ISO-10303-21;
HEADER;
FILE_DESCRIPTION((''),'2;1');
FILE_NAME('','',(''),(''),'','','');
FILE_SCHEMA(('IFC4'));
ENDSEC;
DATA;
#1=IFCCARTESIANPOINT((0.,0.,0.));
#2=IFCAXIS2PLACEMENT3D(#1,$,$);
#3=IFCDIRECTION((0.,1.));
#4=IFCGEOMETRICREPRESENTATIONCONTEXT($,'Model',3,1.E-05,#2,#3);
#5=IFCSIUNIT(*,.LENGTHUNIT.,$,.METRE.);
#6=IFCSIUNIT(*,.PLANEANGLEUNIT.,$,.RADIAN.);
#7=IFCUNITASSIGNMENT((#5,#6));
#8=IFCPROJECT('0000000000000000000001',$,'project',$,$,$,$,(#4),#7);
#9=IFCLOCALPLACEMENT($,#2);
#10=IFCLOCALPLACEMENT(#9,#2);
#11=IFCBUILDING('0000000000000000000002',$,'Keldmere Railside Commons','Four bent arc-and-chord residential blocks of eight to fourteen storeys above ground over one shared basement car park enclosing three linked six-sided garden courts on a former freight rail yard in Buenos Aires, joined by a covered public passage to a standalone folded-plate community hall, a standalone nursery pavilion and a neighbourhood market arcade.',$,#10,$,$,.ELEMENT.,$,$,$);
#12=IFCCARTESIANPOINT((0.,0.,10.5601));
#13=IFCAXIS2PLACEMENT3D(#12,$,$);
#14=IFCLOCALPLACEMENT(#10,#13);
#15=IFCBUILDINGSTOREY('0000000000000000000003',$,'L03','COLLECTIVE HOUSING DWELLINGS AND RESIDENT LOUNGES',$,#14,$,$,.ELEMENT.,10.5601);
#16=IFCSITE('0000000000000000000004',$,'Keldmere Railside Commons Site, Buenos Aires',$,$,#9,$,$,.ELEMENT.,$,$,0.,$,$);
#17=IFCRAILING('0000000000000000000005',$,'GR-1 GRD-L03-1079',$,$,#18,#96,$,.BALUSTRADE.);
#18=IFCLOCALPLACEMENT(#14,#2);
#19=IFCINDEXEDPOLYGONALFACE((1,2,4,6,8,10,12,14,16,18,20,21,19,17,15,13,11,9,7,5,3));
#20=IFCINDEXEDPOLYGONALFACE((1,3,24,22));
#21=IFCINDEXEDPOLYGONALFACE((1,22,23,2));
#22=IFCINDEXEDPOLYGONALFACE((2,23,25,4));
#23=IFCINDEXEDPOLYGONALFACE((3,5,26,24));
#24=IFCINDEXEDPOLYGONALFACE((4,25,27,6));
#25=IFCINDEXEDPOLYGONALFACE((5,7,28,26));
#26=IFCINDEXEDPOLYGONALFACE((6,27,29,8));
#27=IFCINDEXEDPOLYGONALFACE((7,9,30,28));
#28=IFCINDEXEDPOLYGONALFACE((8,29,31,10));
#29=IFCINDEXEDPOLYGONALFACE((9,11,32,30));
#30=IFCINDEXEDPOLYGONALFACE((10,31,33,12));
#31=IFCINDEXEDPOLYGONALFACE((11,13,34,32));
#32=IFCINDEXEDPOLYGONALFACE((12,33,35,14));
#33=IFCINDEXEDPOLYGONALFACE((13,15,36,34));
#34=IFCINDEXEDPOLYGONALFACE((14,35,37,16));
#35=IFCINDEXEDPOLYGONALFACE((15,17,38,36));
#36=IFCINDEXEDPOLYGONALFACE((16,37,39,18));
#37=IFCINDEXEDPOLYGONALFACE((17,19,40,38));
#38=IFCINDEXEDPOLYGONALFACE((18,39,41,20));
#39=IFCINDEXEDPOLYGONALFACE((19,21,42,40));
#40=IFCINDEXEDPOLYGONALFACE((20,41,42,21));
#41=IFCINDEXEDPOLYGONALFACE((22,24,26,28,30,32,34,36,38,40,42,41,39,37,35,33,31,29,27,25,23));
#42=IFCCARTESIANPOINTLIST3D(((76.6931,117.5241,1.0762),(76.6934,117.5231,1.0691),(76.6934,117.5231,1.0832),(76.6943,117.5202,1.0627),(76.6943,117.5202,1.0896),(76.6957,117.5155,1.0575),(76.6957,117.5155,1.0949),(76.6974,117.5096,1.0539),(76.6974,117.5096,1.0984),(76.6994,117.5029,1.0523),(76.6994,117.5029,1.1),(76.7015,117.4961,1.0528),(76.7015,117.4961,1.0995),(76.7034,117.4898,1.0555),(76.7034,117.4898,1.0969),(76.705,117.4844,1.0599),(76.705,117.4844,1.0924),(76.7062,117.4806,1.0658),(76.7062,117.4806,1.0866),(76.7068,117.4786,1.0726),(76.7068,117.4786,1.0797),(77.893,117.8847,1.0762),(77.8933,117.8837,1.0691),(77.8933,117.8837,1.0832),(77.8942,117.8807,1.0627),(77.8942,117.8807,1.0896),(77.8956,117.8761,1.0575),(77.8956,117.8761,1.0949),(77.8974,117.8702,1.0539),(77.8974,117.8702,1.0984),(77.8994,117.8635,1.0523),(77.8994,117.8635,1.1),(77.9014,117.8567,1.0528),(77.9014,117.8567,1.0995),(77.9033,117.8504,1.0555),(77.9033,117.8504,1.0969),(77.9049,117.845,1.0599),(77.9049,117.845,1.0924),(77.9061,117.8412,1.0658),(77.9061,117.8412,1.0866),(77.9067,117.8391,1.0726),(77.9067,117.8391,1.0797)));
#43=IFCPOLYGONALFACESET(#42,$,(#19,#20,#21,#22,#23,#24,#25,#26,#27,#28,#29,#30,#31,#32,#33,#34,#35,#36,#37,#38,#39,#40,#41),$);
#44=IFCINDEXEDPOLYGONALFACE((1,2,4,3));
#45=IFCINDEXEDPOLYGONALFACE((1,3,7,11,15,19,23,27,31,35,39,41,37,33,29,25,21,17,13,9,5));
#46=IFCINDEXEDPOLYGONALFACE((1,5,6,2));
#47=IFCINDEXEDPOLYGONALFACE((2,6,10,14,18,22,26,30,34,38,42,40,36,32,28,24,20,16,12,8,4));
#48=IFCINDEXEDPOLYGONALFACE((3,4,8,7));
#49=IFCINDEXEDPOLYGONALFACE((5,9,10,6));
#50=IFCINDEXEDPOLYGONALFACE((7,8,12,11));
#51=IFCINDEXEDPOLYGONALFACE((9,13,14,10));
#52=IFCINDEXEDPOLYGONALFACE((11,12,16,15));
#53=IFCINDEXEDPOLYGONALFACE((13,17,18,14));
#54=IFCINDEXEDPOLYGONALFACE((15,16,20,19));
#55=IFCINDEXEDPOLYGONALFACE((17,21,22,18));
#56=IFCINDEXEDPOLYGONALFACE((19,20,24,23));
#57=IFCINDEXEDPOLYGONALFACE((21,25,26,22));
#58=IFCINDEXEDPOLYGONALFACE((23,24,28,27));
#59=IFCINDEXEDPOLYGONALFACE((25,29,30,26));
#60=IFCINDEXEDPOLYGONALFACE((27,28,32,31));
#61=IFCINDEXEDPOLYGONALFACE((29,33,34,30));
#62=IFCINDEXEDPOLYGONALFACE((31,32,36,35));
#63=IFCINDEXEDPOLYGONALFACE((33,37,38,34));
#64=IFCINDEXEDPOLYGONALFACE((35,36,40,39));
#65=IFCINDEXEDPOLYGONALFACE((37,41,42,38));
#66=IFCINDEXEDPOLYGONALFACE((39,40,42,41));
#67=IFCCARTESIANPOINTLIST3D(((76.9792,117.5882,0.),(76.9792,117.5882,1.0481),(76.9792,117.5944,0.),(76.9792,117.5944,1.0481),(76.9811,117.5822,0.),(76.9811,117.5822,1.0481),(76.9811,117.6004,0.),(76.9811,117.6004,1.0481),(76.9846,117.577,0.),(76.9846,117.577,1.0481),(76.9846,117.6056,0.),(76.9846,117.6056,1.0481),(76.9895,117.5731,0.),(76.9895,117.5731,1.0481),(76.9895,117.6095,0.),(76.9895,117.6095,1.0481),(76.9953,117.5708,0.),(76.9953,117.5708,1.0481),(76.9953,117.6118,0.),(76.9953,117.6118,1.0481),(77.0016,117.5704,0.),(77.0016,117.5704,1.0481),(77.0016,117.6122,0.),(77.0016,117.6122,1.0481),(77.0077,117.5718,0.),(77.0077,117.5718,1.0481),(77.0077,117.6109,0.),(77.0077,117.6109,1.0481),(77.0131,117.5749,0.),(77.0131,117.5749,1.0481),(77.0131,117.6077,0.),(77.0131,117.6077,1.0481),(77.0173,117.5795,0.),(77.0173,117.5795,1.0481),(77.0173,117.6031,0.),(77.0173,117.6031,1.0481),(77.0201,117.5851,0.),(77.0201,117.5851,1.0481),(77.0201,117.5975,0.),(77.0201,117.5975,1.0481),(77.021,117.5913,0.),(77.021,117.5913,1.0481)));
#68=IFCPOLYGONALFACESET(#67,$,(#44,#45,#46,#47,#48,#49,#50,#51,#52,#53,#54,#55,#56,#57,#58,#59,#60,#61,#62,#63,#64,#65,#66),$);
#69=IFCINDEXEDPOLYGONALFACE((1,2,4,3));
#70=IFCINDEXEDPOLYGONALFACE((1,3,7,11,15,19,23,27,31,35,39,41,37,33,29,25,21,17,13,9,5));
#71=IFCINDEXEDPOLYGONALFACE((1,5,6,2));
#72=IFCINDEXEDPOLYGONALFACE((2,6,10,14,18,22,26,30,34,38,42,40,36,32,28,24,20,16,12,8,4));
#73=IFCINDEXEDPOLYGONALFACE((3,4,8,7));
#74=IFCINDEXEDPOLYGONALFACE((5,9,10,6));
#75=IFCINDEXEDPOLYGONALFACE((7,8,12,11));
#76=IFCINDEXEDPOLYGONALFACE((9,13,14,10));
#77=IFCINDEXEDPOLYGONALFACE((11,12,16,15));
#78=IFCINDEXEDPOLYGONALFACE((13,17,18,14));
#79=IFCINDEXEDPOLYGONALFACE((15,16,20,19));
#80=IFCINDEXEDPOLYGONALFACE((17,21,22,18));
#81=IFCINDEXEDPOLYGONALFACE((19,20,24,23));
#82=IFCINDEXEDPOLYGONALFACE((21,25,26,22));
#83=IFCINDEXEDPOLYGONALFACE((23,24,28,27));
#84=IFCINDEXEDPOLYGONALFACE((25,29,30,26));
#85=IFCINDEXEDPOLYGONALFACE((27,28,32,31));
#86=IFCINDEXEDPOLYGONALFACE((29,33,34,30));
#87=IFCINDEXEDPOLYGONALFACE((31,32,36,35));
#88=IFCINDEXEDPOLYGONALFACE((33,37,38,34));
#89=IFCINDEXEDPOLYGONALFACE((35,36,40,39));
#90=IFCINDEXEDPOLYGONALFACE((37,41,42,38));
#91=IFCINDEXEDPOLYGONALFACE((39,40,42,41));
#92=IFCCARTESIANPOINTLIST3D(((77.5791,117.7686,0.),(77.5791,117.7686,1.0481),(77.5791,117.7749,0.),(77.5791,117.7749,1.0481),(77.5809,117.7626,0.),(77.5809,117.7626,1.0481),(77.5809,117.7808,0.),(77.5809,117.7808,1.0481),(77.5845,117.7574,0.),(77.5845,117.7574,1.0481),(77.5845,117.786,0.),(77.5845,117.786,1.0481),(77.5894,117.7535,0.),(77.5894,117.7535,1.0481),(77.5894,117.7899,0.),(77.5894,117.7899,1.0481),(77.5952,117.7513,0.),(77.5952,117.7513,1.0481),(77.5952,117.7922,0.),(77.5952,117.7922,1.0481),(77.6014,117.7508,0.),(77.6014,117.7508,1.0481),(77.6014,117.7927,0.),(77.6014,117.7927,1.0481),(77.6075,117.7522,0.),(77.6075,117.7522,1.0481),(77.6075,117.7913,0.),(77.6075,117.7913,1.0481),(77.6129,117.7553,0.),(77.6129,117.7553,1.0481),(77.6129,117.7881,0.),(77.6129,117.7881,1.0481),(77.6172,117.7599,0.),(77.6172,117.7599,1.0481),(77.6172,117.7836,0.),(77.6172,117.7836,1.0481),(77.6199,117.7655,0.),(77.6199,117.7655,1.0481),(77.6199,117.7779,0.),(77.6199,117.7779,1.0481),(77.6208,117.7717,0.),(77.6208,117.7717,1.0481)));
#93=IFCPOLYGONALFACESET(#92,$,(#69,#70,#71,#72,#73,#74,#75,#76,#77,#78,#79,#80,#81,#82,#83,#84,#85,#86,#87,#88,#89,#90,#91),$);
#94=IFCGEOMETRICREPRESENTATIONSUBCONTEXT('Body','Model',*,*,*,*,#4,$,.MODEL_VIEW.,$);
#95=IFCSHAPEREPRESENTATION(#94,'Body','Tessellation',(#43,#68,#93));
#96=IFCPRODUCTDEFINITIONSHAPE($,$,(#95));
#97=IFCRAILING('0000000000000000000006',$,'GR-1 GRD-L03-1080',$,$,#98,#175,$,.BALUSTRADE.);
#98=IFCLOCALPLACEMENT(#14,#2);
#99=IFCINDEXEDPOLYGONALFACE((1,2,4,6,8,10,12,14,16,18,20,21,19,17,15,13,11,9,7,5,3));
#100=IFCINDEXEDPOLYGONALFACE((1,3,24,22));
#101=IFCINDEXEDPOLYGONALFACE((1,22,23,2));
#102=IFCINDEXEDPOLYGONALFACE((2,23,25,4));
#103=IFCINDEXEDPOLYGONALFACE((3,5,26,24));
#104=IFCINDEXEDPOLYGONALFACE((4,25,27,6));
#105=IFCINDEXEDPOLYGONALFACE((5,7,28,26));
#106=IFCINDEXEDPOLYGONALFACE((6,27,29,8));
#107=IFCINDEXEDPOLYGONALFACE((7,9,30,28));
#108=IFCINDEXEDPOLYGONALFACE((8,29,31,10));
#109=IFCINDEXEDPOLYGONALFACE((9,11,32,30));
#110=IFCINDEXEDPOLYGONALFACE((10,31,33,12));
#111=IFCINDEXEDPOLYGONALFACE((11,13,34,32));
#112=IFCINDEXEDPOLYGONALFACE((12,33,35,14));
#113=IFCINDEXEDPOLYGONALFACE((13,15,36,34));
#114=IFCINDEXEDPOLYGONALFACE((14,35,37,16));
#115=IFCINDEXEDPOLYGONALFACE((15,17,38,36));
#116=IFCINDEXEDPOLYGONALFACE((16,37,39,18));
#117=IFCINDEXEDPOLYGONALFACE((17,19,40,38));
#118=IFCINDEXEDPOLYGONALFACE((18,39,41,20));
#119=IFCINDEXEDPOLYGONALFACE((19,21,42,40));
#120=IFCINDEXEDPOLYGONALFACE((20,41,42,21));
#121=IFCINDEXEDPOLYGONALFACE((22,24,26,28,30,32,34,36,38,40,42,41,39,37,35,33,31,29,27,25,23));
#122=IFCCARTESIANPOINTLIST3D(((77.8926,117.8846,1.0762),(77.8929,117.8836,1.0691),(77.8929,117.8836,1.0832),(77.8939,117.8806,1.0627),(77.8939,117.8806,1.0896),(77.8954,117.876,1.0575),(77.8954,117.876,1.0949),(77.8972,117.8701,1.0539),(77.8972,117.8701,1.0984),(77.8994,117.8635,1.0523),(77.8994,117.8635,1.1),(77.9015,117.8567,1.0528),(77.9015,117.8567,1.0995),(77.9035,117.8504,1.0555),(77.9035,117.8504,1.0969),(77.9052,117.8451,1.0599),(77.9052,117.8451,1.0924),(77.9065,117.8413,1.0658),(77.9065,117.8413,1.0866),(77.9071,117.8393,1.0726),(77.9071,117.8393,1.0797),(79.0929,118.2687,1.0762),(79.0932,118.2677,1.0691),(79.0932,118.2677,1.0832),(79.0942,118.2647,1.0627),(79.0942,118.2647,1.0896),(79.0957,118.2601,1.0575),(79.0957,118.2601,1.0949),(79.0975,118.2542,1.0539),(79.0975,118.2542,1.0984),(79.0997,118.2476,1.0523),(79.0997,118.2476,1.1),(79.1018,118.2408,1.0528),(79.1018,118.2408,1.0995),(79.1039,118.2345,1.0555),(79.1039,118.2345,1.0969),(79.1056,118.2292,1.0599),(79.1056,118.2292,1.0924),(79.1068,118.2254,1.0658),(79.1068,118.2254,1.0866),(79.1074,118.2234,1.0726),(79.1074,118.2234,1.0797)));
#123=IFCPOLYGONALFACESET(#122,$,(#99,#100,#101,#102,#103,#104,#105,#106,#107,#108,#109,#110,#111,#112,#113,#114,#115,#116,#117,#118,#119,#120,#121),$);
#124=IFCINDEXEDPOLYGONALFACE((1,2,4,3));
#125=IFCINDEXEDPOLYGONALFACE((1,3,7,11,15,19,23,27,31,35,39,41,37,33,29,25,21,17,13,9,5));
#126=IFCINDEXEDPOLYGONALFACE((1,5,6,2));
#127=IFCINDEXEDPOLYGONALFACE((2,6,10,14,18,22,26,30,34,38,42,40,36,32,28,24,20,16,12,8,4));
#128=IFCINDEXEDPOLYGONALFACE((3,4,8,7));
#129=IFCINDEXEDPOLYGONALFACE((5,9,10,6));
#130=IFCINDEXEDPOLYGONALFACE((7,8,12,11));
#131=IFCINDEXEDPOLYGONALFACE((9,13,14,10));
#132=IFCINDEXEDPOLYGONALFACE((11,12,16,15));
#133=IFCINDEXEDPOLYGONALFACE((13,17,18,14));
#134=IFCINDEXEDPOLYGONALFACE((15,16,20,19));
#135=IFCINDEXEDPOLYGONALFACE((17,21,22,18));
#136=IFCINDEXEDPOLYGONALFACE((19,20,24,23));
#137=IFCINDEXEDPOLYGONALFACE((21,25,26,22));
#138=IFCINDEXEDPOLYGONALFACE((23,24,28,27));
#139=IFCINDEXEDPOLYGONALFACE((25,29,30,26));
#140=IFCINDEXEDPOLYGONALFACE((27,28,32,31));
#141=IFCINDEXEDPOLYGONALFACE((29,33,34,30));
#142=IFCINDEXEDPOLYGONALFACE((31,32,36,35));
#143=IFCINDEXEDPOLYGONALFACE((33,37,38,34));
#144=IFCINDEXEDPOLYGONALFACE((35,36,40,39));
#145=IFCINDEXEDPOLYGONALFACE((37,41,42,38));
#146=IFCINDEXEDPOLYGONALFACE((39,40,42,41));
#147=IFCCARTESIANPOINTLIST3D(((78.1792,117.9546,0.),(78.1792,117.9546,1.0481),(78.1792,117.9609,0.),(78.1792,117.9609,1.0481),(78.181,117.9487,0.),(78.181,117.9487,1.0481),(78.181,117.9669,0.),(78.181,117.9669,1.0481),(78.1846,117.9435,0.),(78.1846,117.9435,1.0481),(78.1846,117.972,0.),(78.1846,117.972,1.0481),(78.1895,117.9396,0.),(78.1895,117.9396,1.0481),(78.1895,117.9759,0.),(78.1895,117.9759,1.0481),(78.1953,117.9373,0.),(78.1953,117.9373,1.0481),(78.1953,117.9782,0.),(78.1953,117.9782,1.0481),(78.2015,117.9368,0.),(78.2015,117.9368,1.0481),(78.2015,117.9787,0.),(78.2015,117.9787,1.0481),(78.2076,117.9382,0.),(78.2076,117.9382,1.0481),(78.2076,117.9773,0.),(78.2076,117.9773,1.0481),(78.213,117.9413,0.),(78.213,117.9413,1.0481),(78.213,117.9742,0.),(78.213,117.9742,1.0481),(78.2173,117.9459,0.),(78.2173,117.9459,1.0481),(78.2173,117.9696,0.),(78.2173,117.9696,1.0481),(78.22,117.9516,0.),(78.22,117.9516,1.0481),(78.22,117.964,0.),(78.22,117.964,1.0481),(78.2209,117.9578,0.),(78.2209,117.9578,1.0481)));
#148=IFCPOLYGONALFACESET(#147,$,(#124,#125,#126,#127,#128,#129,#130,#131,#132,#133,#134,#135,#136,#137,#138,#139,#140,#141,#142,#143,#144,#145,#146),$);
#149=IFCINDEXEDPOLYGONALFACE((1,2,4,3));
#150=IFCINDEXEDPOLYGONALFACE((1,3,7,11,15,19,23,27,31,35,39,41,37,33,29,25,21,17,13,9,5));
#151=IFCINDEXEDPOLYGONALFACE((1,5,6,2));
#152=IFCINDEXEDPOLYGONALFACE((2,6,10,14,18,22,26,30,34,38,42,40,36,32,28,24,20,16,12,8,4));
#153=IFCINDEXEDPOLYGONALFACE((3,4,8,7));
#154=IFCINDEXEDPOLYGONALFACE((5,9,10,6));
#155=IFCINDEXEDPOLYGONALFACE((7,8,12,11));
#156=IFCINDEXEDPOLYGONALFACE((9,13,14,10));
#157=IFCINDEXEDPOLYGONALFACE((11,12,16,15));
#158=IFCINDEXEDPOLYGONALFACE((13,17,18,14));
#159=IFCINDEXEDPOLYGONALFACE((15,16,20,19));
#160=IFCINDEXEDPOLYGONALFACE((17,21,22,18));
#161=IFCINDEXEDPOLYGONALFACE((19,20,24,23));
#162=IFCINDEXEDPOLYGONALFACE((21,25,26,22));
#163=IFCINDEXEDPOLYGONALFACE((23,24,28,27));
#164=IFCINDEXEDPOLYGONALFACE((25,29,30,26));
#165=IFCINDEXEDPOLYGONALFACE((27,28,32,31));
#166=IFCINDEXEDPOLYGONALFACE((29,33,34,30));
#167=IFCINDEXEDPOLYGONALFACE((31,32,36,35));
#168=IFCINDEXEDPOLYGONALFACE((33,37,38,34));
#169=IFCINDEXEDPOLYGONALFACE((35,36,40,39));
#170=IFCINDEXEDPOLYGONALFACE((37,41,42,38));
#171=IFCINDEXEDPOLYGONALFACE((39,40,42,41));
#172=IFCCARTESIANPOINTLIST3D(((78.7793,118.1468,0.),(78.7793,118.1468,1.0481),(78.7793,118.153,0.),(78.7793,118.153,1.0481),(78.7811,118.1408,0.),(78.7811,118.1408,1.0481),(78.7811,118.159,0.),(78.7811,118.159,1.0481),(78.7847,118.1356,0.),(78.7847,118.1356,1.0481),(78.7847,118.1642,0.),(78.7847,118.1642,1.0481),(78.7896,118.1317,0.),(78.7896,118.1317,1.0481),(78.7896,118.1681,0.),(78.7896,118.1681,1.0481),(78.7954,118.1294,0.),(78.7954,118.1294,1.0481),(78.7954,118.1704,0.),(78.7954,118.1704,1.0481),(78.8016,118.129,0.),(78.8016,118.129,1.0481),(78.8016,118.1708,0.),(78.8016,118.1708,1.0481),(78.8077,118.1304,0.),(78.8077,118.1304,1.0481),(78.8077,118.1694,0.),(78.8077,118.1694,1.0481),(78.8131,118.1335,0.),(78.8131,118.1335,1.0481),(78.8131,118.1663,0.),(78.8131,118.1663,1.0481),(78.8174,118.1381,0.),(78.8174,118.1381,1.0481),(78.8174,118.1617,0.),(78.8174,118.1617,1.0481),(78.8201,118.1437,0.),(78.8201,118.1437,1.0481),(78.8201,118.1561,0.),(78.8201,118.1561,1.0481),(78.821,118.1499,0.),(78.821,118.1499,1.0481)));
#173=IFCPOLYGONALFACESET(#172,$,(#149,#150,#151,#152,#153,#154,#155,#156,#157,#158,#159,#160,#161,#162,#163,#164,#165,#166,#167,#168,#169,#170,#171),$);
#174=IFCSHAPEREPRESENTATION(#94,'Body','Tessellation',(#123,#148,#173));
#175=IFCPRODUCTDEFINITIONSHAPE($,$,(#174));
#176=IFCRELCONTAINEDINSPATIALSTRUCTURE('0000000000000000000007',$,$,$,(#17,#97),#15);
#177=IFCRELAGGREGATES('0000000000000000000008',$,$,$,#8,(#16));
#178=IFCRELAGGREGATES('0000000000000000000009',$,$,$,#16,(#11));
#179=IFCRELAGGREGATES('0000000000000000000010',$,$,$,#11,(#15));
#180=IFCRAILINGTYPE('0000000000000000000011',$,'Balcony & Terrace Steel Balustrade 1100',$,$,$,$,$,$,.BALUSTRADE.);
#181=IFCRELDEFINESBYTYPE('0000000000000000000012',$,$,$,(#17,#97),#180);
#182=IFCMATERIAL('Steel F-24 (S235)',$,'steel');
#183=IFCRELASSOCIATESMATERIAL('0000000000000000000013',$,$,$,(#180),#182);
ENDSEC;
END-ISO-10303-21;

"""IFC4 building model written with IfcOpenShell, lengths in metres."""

from ifc_helpers import new_model, si_unit, direction, frame, origin, origin_2d, place, context, subcontext, project, spatial, circle, extrude, material, type_object, element, save


model = new_model("IFC4")

# Units and contexts
model_context = context("Model", 3, precision=1e-05, world=origin(), true_north=direction((0.0, 1.0)))
body_context = subcontext(model_context, "Body", "Model", "MODEL_VIEW")
ifc_project = project(units=[si_unit("LENGTHUNIT", "METRE"), si_unit("PLANEANGLEUNIT", "RADIAN")], contexts=[model_context])

# Site, building, storey
site_placement = place(None, origin())
site = spatial("IfcSite", under=ifc_project, at=site_placement, Name="Keldmere Railside Commons Site, Buenos Aires", CompositionType="ELEMENT", RefElevation=0.0)
building_placement = place(site_placement, origin())
building = spatial("IfcBuilding", under=site, at=building_placement, Name="Keldmere Railside Commons", Description="Four bent arc-and-chord residential blocks of eight to fourteen storeys above ground over one shared basement car park enclosing three linked six-sided garden courts on a former freight rail yard in Buenos Aires, joined by a covered public passage to a standalone folded-plate community hall, a standalone nursery pavilion and a neighbourhood market arcade.", CompositionType="ELEMENT")
storey_placement = place(building_placement, frame((0.0, 0.0, 10.5601)))
storey = spatial("IfcBuildingStorey", under=building, at=storey_placement, Name="L03", Description="COLLECTIVE HOUSING DWELLINGS AND RESIDENT LOUNGES", CompositionType="ELEMENT", Elevation=10.5601)

# Shared definitions
ifc_material_1 = material(Name="Steel F-24 (S235)", Category="steel")

# Railings
railing_type_1 = type_object("IfcRailingType", Name="Balcony & Terrace Steel Balustrade 1100", PredefinedType="BALUSTRADE", material=ifc_material_1)
railing_1_placement = place(storey_placement, frame((76.7, 117.5012, 0.0)))
element("IfcRailing", 1, at=railing_1_placement, inside=storey, type_object=railing_type_1, Name="GR-1 GRD-L03-1079", PredefinedType="BALUSTRADE", context=body_context, shape_type="SweptSolid", body=[
    extrude(circle(Radius=0.0239, at=origin_2d()), frame((0.0, 0.0, 1.0762), z_axis=(0.957692, 0.287795, 0.0), x_axis=(-0.287795, 0.957692, 0.0)), (0.0, 0.0, 1.0), 1.2529),
    extrude(circle(Radius=0.021, at=origin_2d()), frame((0.3, 0.0901, 0.0)), (0.0, 0.0, 1.0), 1.0481),
    extrude(circle(Radius=0.021, at=origin_2d()), frame((0.8999, 0.2705, 0.0)), (0.0, 0.0, 1.0), 1.0481),
])
railing_2_placement = place(storey_placement, frame((77.8999, 117.8618, 0.0)))
element("IfcRailing", 2, at=railing_2_placement, inside=storey, type_object=railing_type_1, Name="GR-1 GRD-L03-1080", PredefinedType="BALUSTRADE", context=body_context, shape_type="SweptSolid", body=[
    extrude(circle(Radius=0.0239, at=origin_2d()), frame((0.0, 0.0, 1.0762), z_axis=(0.952431, 0.304755, 0.0), x_axis=(-0.304755, 0.952431, 0.0)), (0.0, 0.0, 1.0), 1.2603),
    extrude(circle(Radius=0.021, at=origin_2d()), frame((0.3, 0.0959, 0.0)), (0.0, 0.0, 1.0), 1.0481),
    extrude(circle(Radius=0.021, at=origin_2d()), frame((0.9001, 0.2881, 0.0)), (0.0, 0.0, 1.0), 1.0481),
])

save(model, "model.ifc")
